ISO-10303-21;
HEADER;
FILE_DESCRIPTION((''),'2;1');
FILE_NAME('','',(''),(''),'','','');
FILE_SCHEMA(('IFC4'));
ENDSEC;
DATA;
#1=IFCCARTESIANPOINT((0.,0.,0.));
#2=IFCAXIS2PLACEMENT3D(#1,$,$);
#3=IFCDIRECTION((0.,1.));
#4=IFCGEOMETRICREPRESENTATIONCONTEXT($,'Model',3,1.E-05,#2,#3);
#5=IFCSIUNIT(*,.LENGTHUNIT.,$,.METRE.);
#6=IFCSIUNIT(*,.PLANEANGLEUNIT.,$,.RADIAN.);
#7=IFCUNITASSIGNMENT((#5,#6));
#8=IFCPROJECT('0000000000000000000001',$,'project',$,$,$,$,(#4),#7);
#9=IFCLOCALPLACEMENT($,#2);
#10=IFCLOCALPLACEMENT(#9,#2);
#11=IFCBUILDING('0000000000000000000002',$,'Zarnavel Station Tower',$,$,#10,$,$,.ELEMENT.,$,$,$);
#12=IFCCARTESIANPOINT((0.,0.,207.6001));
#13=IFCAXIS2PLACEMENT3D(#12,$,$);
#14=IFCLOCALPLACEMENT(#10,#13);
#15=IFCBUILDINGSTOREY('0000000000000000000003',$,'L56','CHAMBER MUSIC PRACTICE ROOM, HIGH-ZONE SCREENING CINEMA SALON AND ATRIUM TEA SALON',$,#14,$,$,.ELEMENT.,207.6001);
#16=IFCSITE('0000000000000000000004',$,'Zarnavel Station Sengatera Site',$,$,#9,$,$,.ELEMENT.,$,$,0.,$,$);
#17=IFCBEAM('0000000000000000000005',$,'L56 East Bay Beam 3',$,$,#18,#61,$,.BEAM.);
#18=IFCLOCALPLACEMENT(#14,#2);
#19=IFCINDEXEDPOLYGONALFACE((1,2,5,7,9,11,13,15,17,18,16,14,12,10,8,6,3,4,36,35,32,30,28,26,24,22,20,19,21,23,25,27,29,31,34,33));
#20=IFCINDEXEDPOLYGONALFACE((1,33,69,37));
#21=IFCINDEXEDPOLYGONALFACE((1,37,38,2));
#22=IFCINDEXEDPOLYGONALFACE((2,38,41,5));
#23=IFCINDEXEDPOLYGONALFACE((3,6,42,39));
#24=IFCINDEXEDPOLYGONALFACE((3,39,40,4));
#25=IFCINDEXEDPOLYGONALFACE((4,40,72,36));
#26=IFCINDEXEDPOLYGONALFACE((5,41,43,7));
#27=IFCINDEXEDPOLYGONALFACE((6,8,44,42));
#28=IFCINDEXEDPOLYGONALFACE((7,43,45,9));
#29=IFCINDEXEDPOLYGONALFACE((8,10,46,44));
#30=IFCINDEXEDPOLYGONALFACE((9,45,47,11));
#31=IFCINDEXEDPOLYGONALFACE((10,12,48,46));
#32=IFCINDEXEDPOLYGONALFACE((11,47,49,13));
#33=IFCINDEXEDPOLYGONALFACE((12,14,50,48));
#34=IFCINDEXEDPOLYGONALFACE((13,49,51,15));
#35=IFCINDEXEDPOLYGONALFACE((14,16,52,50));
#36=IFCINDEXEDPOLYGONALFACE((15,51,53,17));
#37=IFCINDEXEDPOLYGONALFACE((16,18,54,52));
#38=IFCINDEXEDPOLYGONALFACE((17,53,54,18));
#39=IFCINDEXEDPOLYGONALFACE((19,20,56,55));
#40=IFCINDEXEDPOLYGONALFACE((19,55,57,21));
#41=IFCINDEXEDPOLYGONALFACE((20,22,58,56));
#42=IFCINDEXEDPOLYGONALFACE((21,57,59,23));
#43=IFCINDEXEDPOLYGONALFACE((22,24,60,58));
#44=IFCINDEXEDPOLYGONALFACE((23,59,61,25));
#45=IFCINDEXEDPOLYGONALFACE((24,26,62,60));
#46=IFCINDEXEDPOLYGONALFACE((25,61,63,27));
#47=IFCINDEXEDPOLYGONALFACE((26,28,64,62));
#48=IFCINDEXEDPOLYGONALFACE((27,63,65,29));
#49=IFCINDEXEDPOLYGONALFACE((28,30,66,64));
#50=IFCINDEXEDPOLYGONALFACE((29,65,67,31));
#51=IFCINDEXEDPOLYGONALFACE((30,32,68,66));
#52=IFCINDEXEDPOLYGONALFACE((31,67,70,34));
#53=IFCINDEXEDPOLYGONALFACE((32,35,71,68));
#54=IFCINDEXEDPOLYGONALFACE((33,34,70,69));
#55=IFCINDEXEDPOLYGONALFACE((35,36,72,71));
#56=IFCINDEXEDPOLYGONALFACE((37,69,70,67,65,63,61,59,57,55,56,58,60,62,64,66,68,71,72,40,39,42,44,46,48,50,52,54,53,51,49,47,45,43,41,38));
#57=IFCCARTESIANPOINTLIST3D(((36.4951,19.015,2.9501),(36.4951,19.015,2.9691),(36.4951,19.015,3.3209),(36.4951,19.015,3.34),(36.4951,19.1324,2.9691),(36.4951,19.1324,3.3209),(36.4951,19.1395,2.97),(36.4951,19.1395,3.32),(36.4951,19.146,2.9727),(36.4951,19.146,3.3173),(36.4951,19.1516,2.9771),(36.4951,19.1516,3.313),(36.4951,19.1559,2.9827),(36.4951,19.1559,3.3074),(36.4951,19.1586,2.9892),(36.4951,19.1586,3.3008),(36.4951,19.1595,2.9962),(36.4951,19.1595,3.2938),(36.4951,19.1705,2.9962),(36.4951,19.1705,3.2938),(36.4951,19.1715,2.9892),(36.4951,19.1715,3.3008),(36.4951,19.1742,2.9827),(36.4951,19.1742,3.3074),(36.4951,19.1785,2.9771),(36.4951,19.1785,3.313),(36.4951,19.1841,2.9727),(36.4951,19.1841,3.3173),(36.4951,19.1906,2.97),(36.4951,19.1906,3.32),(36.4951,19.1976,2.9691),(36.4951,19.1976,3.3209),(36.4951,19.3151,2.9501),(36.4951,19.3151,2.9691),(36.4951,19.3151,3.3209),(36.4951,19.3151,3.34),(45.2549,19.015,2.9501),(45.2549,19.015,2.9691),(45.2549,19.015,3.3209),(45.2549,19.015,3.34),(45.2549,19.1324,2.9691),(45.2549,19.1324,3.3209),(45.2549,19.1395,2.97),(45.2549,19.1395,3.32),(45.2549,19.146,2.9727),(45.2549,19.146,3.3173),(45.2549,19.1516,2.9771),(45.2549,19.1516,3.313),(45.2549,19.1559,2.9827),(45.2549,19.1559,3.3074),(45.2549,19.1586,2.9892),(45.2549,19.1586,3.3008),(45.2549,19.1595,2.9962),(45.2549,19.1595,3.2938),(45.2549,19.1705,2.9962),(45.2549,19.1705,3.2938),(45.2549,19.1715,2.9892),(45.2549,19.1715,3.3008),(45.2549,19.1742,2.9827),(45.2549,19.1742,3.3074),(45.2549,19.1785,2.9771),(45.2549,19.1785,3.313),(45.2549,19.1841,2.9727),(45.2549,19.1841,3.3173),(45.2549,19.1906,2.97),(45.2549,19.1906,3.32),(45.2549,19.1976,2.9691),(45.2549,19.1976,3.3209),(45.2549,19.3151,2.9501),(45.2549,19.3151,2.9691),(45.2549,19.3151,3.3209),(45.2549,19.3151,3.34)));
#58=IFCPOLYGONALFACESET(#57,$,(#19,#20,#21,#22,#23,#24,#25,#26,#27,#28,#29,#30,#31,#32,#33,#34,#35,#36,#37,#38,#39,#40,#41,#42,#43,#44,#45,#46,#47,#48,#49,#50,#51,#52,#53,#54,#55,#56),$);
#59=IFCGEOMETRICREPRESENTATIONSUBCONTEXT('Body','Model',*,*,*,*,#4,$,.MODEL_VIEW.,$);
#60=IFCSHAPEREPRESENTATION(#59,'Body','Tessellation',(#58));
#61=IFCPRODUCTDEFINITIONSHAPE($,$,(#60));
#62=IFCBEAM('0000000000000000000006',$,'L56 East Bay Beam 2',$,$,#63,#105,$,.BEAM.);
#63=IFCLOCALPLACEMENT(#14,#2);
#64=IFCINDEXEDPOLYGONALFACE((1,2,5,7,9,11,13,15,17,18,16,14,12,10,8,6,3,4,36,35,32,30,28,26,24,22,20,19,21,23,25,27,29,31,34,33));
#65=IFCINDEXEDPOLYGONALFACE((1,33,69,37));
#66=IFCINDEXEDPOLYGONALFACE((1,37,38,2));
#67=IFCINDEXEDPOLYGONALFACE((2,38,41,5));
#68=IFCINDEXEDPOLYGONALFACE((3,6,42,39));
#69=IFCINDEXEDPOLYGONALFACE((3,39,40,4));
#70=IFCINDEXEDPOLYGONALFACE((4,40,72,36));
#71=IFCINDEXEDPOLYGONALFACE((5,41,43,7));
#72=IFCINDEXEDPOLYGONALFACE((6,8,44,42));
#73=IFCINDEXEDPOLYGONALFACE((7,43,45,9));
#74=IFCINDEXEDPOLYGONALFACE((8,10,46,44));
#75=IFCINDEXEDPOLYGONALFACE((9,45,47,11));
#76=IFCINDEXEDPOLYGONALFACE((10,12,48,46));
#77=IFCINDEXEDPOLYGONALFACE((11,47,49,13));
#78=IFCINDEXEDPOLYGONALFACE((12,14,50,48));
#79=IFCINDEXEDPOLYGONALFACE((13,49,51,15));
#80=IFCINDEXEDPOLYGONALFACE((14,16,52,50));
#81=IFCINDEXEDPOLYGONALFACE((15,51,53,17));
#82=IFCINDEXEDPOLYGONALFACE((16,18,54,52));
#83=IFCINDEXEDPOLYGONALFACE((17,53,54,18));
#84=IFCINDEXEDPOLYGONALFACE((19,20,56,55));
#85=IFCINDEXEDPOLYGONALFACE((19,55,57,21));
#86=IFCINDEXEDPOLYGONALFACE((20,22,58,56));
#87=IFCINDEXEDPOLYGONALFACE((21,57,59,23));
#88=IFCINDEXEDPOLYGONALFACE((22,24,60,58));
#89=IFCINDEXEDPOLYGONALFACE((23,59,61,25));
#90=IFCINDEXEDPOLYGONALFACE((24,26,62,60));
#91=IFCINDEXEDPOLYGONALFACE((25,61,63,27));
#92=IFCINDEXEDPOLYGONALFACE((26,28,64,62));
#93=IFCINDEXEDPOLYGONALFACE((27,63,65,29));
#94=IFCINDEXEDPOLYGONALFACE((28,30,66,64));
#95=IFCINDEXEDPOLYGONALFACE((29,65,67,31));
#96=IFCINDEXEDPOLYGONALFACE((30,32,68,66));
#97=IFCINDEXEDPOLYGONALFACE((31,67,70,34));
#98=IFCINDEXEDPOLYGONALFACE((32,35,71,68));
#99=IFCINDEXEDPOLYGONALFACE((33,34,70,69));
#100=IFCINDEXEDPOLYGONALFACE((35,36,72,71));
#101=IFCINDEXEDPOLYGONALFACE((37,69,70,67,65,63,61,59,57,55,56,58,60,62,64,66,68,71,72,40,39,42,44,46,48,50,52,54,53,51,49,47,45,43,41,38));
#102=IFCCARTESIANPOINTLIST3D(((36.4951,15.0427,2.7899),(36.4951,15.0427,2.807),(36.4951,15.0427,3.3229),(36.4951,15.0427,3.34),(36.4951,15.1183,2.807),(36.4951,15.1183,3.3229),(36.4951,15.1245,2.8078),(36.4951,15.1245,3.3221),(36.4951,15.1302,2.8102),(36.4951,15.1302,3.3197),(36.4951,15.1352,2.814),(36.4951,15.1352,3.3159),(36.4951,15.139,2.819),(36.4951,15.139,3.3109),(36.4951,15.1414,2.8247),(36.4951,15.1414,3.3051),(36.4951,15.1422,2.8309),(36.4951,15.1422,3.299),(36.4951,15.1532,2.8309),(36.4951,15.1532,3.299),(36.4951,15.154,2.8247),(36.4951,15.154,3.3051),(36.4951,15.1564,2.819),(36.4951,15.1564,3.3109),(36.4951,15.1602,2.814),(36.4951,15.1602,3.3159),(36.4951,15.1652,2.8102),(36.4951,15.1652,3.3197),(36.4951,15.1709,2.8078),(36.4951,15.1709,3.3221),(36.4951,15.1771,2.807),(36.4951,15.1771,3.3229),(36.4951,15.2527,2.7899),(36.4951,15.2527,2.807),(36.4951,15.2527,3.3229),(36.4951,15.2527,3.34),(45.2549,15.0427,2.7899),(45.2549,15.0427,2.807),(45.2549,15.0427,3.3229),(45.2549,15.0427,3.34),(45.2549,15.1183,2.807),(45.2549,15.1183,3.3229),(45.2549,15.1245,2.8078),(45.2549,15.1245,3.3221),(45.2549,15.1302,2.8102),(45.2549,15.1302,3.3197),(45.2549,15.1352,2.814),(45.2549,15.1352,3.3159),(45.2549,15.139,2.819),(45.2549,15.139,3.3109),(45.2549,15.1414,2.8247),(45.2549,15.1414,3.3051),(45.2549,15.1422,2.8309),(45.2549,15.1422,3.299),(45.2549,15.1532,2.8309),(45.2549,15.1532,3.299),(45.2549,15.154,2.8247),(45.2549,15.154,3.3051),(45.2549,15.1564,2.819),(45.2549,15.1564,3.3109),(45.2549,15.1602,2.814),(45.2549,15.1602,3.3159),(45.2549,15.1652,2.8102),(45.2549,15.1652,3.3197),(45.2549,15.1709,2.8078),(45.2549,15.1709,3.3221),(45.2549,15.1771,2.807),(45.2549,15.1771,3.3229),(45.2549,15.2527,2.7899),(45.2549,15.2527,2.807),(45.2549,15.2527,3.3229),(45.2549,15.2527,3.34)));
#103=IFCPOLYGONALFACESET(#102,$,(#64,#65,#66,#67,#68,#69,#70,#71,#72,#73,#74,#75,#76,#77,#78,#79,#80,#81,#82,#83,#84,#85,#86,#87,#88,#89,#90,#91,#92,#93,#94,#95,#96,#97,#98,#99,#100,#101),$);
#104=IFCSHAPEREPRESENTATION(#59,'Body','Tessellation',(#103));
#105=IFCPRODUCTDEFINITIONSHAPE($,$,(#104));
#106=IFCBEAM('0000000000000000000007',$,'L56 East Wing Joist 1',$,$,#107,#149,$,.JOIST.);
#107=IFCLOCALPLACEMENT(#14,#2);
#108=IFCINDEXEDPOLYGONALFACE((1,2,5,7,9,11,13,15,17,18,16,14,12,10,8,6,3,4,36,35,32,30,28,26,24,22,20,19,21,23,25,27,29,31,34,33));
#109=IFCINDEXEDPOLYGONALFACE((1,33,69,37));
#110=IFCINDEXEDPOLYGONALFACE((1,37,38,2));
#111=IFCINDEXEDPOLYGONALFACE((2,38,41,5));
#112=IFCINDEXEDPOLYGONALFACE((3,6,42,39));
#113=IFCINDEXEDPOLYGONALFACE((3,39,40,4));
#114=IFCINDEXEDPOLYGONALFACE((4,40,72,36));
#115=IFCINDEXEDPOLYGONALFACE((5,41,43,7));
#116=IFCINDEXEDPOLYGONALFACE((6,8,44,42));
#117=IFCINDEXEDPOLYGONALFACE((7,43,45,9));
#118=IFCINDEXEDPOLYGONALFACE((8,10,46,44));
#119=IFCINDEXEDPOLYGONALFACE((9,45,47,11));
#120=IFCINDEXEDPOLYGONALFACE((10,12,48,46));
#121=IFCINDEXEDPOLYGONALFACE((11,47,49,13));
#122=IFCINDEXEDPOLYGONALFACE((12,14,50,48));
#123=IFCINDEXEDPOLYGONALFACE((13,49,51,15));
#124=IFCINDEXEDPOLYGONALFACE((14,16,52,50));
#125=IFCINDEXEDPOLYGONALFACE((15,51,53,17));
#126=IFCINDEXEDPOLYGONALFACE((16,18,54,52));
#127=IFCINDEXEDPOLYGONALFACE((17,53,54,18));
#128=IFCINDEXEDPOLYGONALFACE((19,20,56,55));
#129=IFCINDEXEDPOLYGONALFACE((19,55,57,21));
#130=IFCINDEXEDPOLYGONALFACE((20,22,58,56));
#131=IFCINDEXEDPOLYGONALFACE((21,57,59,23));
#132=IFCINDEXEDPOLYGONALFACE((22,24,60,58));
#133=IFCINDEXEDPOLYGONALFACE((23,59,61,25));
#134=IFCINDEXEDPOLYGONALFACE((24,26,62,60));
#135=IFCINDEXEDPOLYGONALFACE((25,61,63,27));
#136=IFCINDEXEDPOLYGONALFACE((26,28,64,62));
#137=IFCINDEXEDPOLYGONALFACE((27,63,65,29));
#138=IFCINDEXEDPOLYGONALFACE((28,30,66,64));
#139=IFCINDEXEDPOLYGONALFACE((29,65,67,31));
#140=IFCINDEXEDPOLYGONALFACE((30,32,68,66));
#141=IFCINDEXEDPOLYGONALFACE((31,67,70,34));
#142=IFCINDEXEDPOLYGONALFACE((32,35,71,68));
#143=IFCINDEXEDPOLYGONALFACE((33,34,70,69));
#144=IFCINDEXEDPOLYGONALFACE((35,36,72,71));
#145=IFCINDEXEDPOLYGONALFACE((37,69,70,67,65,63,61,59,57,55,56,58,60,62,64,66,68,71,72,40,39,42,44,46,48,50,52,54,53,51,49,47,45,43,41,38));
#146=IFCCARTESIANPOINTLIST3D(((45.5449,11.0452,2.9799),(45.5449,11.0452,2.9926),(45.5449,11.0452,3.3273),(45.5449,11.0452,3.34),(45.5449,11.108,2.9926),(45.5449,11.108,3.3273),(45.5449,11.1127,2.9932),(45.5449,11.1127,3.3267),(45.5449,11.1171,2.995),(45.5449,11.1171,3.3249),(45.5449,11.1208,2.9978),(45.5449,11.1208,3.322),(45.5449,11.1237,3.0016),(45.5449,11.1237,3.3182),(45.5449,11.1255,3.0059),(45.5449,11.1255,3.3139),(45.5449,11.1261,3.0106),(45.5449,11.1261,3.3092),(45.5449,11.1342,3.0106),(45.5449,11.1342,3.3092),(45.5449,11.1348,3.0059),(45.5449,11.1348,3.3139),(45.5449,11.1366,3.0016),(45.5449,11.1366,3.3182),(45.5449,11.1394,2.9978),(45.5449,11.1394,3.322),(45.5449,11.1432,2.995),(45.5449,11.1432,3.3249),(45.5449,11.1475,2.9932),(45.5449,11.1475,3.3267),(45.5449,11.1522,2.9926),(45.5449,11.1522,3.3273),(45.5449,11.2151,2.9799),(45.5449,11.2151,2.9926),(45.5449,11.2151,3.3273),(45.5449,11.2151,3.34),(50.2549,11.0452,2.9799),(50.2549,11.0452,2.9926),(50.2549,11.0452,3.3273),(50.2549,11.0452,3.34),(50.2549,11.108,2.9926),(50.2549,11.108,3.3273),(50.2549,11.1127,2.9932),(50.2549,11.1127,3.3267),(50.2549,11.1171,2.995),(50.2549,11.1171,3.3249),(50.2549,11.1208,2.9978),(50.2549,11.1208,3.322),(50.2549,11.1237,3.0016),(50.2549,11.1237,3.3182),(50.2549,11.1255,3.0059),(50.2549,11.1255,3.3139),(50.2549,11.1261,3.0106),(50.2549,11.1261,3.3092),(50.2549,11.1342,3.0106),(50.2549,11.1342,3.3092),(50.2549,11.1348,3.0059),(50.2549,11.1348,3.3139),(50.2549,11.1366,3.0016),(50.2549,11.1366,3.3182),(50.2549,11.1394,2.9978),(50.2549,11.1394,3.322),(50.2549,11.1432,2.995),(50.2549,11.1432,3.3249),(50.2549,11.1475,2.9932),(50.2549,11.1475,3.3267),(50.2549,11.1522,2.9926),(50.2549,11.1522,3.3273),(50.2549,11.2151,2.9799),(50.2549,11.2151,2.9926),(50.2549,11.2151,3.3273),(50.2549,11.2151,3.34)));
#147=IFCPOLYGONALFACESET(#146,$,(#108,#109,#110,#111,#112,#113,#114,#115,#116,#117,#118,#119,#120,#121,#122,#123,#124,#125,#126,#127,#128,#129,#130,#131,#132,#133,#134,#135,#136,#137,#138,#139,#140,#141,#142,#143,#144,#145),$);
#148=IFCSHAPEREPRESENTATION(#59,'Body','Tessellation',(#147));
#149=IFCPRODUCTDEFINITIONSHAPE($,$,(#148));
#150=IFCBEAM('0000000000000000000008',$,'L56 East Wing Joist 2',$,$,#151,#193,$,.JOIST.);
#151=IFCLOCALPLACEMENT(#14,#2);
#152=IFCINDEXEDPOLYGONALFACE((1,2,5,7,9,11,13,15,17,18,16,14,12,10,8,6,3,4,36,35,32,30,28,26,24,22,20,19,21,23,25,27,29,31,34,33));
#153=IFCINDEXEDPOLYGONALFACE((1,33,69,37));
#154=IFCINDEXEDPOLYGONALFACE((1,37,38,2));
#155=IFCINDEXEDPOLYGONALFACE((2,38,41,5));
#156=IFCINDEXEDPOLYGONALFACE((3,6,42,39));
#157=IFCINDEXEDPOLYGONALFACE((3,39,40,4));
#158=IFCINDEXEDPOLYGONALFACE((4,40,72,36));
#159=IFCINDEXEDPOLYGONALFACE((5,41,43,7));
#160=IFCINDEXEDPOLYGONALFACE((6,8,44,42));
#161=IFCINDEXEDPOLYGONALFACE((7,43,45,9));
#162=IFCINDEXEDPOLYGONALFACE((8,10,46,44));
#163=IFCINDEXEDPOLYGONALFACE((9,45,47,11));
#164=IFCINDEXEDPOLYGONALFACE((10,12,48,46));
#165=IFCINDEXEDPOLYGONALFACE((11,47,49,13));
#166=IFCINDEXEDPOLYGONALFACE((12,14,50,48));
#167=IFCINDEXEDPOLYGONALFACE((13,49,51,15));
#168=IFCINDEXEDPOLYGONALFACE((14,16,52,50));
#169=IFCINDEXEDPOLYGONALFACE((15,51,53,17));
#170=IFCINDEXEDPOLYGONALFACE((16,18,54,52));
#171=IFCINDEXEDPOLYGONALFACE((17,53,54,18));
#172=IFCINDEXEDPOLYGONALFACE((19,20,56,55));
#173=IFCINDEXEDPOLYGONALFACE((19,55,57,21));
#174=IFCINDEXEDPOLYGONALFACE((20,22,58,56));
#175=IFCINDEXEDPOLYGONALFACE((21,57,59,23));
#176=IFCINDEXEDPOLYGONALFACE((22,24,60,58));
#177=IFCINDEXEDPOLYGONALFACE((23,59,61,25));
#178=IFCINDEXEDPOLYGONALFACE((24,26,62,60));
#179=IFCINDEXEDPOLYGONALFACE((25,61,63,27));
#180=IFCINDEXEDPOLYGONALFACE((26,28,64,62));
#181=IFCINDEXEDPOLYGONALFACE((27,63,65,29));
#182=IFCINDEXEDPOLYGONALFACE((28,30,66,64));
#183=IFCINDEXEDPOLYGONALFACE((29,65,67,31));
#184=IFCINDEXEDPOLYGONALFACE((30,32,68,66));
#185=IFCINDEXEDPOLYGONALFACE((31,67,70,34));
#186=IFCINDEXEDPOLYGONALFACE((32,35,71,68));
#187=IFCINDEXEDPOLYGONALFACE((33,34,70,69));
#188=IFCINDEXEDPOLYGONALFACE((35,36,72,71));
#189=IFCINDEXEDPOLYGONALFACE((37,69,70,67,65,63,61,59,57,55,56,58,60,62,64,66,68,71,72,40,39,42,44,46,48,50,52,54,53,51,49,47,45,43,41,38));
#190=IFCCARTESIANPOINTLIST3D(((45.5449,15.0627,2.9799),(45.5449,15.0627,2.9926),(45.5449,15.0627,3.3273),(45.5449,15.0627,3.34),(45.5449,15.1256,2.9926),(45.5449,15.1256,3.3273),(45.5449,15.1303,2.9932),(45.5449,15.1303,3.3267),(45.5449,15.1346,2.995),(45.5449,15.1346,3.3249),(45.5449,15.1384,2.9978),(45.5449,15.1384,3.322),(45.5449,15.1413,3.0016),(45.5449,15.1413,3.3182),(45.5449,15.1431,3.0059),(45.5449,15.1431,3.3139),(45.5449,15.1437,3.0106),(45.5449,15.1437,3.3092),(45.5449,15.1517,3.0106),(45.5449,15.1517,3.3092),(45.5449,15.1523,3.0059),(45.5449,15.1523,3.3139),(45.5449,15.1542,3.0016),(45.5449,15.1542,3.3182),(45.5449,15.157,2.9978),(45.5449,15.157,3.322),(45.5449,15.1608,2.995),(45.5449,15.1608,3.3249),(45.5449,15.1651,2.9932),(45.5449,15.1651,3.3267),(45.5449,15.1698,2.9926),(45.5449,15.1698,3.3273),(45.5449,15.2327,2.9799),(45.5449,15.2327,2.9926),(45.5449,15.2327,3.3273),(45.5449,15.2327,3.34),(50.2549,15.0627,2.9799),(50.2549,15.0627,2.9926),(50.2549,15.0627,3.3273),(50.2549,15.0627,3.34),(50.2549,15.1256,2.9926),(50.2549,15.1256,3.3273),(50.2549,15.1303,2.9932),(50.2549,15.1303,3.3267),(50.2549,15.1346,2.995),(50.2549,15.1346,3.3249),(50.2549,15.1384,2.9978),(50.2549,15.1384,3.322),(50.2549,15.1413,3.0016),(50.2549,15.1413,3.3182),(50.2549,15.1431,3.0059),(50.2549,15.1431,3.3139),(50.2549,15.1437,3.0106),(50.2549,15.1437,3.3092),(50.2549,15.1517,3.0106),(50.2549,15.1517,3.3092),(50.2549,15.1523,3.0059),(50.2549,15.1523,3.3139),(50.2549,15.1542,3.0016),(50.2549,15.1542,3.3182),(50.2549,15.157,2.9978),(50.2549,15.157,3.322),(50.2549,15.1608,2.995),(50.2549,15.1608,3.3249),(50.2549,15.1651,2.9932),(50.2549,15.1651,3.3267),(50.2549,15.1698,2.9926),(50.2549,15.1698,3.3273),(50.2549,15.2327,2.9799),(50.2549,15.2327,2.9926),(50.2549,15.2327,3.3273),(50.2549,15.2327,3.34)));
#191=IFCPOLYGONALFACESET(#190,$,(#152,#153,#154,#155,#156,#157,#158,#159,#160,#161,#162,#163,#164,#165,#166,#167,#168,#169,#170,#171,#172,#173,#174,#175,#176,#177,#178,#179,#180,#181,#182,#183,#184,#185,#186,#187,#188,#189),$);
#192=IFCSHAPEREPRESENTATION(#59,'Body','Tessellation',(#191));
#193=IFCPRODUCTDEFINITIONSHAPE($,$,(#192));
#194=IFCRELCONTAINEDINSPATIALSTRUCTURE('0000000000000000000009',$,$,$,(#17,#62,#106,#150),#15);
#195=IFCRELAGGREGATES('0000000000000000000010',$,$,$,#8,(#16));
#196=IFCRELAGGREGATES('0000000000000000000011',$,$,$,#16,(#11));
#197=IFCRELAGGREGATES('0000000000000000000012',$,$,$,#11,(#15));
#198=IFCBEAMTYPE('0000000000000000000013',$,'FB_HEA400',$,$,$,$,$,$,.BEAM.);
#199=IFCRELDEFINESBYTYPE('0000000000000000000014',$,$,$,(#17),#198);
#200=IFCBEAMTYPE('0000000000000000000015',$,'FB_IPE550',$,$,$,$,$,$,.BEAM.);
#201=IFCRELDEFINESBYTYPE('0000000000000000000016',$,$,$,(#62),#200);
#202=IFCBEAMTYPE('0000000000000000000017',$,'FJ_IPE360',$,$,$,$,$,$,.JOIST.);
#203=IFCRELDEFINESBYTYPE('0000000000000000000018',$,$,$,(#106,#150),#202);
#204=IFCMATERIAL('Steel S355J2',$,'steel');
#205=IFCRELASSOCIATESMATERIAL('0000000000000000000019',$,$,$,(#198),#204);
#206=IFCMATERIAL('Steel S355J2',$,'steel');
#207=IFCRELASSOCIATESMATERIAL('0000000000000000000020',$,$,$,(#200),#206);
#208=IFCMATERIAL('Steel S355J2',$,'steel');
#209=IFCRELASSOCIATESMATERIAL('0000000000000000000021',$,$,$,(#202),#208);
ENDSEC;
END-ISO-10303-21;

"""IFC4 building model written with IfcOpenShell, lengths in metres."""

from ifc_helpers import new_model, si_unit, direction, frame, origin, origin_2d, place, context, subcontext, project, spatial, i_section, extrude, material, material_profile, profile_set, type_object, element, save


model = new_model("IFC4")

# Units and contexts
model_context = context("Model", 3, precision=1e-05, world=origin(), true_north=direction((0.0, 1.0)))
body_context = subcontext(model_context, "Body", "Model", "MODEL_VIEW")
ifc_project = project(units=[si_unit("LENGTHUNIT", "METRE"), si_unit("PLANEANGLEUNIT", "RADIAN")], contexts=[model_context])

# Site, building, storey
site_placement = place(None, origin())
site = spatial("IfcSite", under=ifc_project, at=site_placement, Name="Zarnavel Station Sengatera Site", CompositionType="ELEMENT", RefElevation=0.0)
building_placement = place(site_placement, origin())
building = spatial("IfcBuilding", under=site, at=building_placement, Name="Zarnavel Station Tower", CompositionType="ELEMENT")
storey_placement = place(building_placement, frame((0.0, 0.0, 207.6001)))
storey = spatial("IfcBuildingStorey", under=building, at=storey_placement, Name="L56", Description="CHAMBER MUSIC PRACTICE ROOM, HIGH-ZONE SCREENING CINEMA SALON AND ATRIUM TEA SALON", CompositionType="ELEMENT", Elevation=207.6001)

# Beams
ifc_material_1 = material(Name="Steel S355J2", Category="steel")
ifc_material_profile_1 = material_profile(ifc_material_1, i_section(OverallWidth=0.3, OverallDepth=0.3899, WebThickness=0.011, FlangeThickness=0.019, FilletRadius=0.0271, at=origin_2d()), Name="HEA400")
ifc_profile_set_1 = profile_set([ifc_material_profile_1], Name="Steel S355J2")
beam_type_1 = type_object("IfcBeamType", Name="FB_HEA400", PredefinedType="BEAM", material=ifc_profile_set_1)
beam_1_placement = place(storey_placement, frame((36.4951, 19.165, 3.145), z_axis=(1.0, 0.0, 0.0), x_axis=(0.0, 1.0, 0.0)))
element("IfcBeam", 1, at=beam_1_placement, inside=storey, type_object=beam_type_1, Name="L56 East Bay Beam 3", PredefinedType="BEAM", context=body_context, shape_type="SweptSolid", body=[
    extrude(i_section(OverallWidth=0.3, OverallDepth=0.3899, WebThickness=0.011, FlangeThickness=0.019, FilletRadius=0.0271, at=origin_2d()), origin(), (0.0, 0.0, 1.0), 8.7598),
])
ifc_material_2 = material(Name="Steel S355J2", Category="steel")
ifc_material_profile_2 = material_profile(ifc_material_2, i_section(OverallWidth=0.21, OverallDepth=0.55, WebThickness=0.011, FlangeThickness=0.0171, FilletRadius=0.0239, at=origin_2d()), Name="IPE550")
ifc_profile_set_2 = profile_set([ifc_material_profile_2], Name="Steel S355J2")
beam_type_2 = type_object("IfcBeamType", Name="FB_IPE550", PredefinedType="BEAM", material=ifc_profile_set_2)
beam_2_placement = place(storey_placement, frame((36.4951, 15.1477, 3.0649), z_axis=(1.0, 0.0, 0.0), x_axis=(0.0, 1.0, 0.0)))
element("IfcBeam", 2, at=beam_2_placement, inside=storey, type_object=beam_type_2, Name="L56 East Bay Beam 2", PredefinedType="BEAM", context=body_context, shape_type="SweptSolid", body=[
    extrude(i_section(OverallWidth=0.21, OverallDepth=0.55, WebThickness=0.011, FlangeThickness=0.0171, FilletRadius=0.0239, at=origin_2d()), origin(), (0.0, 0.0, 1.0), 8.7598),
])
ifc_material_3 = material(Name="Steel S355J2", Category="steel")
ifc_material_profile_3 = material_profile(ifc_material_3, i_section(OverallWidth=0.1699, OverallDepth=0.3601, WebThickness=0.0081, FlangeThickness=0.0127, FilletRadius=0.0181, at=origin_2d()), Name="IPE360")
ifc_profile_set_3 = profile_set([ifc_material_profile_3], Name="Steel S355J2")
beam_type_3 = type_object("IfcBeamType", Name="FJ_IPE360", PredefinedType="JOIST", material=ifc_profile_set_3)
for number, where, z_axis, x_axis, name in (
    (3, (45.5449, 11.1301, 3.1599), (1.0, 0.0, 0.0), (0.0, 1.0, 0.0), "L56 East Wing Joist 1"),
    (4, (45.5449, 15.1477, 3.1599), (1.0, 0.0, 0.0), (0.0, 1.0, 0.0), "L56 East Wing Joist 2"),
):
    element("IfcBeam", number, at=place(storey_placement, frame(where, z_axis=z_axis, x_axis=x_axis)), inside=storey, type_object=beam_type_3, Name=name, PredefinedType="JOIST", context=body_context, shape_type="SweptSolid", body=[
        extrude(i_section(OverallWidth=0.1699, OverallDepth=0.3601, WebThickness=0.0081, FlangeThickness=0.0127, FilletRadius=0.0181, at=origin_2d()), origin(), (0.0, 0.0, 1.0), 4.71),
    ])

save(model, "model.ifc")
